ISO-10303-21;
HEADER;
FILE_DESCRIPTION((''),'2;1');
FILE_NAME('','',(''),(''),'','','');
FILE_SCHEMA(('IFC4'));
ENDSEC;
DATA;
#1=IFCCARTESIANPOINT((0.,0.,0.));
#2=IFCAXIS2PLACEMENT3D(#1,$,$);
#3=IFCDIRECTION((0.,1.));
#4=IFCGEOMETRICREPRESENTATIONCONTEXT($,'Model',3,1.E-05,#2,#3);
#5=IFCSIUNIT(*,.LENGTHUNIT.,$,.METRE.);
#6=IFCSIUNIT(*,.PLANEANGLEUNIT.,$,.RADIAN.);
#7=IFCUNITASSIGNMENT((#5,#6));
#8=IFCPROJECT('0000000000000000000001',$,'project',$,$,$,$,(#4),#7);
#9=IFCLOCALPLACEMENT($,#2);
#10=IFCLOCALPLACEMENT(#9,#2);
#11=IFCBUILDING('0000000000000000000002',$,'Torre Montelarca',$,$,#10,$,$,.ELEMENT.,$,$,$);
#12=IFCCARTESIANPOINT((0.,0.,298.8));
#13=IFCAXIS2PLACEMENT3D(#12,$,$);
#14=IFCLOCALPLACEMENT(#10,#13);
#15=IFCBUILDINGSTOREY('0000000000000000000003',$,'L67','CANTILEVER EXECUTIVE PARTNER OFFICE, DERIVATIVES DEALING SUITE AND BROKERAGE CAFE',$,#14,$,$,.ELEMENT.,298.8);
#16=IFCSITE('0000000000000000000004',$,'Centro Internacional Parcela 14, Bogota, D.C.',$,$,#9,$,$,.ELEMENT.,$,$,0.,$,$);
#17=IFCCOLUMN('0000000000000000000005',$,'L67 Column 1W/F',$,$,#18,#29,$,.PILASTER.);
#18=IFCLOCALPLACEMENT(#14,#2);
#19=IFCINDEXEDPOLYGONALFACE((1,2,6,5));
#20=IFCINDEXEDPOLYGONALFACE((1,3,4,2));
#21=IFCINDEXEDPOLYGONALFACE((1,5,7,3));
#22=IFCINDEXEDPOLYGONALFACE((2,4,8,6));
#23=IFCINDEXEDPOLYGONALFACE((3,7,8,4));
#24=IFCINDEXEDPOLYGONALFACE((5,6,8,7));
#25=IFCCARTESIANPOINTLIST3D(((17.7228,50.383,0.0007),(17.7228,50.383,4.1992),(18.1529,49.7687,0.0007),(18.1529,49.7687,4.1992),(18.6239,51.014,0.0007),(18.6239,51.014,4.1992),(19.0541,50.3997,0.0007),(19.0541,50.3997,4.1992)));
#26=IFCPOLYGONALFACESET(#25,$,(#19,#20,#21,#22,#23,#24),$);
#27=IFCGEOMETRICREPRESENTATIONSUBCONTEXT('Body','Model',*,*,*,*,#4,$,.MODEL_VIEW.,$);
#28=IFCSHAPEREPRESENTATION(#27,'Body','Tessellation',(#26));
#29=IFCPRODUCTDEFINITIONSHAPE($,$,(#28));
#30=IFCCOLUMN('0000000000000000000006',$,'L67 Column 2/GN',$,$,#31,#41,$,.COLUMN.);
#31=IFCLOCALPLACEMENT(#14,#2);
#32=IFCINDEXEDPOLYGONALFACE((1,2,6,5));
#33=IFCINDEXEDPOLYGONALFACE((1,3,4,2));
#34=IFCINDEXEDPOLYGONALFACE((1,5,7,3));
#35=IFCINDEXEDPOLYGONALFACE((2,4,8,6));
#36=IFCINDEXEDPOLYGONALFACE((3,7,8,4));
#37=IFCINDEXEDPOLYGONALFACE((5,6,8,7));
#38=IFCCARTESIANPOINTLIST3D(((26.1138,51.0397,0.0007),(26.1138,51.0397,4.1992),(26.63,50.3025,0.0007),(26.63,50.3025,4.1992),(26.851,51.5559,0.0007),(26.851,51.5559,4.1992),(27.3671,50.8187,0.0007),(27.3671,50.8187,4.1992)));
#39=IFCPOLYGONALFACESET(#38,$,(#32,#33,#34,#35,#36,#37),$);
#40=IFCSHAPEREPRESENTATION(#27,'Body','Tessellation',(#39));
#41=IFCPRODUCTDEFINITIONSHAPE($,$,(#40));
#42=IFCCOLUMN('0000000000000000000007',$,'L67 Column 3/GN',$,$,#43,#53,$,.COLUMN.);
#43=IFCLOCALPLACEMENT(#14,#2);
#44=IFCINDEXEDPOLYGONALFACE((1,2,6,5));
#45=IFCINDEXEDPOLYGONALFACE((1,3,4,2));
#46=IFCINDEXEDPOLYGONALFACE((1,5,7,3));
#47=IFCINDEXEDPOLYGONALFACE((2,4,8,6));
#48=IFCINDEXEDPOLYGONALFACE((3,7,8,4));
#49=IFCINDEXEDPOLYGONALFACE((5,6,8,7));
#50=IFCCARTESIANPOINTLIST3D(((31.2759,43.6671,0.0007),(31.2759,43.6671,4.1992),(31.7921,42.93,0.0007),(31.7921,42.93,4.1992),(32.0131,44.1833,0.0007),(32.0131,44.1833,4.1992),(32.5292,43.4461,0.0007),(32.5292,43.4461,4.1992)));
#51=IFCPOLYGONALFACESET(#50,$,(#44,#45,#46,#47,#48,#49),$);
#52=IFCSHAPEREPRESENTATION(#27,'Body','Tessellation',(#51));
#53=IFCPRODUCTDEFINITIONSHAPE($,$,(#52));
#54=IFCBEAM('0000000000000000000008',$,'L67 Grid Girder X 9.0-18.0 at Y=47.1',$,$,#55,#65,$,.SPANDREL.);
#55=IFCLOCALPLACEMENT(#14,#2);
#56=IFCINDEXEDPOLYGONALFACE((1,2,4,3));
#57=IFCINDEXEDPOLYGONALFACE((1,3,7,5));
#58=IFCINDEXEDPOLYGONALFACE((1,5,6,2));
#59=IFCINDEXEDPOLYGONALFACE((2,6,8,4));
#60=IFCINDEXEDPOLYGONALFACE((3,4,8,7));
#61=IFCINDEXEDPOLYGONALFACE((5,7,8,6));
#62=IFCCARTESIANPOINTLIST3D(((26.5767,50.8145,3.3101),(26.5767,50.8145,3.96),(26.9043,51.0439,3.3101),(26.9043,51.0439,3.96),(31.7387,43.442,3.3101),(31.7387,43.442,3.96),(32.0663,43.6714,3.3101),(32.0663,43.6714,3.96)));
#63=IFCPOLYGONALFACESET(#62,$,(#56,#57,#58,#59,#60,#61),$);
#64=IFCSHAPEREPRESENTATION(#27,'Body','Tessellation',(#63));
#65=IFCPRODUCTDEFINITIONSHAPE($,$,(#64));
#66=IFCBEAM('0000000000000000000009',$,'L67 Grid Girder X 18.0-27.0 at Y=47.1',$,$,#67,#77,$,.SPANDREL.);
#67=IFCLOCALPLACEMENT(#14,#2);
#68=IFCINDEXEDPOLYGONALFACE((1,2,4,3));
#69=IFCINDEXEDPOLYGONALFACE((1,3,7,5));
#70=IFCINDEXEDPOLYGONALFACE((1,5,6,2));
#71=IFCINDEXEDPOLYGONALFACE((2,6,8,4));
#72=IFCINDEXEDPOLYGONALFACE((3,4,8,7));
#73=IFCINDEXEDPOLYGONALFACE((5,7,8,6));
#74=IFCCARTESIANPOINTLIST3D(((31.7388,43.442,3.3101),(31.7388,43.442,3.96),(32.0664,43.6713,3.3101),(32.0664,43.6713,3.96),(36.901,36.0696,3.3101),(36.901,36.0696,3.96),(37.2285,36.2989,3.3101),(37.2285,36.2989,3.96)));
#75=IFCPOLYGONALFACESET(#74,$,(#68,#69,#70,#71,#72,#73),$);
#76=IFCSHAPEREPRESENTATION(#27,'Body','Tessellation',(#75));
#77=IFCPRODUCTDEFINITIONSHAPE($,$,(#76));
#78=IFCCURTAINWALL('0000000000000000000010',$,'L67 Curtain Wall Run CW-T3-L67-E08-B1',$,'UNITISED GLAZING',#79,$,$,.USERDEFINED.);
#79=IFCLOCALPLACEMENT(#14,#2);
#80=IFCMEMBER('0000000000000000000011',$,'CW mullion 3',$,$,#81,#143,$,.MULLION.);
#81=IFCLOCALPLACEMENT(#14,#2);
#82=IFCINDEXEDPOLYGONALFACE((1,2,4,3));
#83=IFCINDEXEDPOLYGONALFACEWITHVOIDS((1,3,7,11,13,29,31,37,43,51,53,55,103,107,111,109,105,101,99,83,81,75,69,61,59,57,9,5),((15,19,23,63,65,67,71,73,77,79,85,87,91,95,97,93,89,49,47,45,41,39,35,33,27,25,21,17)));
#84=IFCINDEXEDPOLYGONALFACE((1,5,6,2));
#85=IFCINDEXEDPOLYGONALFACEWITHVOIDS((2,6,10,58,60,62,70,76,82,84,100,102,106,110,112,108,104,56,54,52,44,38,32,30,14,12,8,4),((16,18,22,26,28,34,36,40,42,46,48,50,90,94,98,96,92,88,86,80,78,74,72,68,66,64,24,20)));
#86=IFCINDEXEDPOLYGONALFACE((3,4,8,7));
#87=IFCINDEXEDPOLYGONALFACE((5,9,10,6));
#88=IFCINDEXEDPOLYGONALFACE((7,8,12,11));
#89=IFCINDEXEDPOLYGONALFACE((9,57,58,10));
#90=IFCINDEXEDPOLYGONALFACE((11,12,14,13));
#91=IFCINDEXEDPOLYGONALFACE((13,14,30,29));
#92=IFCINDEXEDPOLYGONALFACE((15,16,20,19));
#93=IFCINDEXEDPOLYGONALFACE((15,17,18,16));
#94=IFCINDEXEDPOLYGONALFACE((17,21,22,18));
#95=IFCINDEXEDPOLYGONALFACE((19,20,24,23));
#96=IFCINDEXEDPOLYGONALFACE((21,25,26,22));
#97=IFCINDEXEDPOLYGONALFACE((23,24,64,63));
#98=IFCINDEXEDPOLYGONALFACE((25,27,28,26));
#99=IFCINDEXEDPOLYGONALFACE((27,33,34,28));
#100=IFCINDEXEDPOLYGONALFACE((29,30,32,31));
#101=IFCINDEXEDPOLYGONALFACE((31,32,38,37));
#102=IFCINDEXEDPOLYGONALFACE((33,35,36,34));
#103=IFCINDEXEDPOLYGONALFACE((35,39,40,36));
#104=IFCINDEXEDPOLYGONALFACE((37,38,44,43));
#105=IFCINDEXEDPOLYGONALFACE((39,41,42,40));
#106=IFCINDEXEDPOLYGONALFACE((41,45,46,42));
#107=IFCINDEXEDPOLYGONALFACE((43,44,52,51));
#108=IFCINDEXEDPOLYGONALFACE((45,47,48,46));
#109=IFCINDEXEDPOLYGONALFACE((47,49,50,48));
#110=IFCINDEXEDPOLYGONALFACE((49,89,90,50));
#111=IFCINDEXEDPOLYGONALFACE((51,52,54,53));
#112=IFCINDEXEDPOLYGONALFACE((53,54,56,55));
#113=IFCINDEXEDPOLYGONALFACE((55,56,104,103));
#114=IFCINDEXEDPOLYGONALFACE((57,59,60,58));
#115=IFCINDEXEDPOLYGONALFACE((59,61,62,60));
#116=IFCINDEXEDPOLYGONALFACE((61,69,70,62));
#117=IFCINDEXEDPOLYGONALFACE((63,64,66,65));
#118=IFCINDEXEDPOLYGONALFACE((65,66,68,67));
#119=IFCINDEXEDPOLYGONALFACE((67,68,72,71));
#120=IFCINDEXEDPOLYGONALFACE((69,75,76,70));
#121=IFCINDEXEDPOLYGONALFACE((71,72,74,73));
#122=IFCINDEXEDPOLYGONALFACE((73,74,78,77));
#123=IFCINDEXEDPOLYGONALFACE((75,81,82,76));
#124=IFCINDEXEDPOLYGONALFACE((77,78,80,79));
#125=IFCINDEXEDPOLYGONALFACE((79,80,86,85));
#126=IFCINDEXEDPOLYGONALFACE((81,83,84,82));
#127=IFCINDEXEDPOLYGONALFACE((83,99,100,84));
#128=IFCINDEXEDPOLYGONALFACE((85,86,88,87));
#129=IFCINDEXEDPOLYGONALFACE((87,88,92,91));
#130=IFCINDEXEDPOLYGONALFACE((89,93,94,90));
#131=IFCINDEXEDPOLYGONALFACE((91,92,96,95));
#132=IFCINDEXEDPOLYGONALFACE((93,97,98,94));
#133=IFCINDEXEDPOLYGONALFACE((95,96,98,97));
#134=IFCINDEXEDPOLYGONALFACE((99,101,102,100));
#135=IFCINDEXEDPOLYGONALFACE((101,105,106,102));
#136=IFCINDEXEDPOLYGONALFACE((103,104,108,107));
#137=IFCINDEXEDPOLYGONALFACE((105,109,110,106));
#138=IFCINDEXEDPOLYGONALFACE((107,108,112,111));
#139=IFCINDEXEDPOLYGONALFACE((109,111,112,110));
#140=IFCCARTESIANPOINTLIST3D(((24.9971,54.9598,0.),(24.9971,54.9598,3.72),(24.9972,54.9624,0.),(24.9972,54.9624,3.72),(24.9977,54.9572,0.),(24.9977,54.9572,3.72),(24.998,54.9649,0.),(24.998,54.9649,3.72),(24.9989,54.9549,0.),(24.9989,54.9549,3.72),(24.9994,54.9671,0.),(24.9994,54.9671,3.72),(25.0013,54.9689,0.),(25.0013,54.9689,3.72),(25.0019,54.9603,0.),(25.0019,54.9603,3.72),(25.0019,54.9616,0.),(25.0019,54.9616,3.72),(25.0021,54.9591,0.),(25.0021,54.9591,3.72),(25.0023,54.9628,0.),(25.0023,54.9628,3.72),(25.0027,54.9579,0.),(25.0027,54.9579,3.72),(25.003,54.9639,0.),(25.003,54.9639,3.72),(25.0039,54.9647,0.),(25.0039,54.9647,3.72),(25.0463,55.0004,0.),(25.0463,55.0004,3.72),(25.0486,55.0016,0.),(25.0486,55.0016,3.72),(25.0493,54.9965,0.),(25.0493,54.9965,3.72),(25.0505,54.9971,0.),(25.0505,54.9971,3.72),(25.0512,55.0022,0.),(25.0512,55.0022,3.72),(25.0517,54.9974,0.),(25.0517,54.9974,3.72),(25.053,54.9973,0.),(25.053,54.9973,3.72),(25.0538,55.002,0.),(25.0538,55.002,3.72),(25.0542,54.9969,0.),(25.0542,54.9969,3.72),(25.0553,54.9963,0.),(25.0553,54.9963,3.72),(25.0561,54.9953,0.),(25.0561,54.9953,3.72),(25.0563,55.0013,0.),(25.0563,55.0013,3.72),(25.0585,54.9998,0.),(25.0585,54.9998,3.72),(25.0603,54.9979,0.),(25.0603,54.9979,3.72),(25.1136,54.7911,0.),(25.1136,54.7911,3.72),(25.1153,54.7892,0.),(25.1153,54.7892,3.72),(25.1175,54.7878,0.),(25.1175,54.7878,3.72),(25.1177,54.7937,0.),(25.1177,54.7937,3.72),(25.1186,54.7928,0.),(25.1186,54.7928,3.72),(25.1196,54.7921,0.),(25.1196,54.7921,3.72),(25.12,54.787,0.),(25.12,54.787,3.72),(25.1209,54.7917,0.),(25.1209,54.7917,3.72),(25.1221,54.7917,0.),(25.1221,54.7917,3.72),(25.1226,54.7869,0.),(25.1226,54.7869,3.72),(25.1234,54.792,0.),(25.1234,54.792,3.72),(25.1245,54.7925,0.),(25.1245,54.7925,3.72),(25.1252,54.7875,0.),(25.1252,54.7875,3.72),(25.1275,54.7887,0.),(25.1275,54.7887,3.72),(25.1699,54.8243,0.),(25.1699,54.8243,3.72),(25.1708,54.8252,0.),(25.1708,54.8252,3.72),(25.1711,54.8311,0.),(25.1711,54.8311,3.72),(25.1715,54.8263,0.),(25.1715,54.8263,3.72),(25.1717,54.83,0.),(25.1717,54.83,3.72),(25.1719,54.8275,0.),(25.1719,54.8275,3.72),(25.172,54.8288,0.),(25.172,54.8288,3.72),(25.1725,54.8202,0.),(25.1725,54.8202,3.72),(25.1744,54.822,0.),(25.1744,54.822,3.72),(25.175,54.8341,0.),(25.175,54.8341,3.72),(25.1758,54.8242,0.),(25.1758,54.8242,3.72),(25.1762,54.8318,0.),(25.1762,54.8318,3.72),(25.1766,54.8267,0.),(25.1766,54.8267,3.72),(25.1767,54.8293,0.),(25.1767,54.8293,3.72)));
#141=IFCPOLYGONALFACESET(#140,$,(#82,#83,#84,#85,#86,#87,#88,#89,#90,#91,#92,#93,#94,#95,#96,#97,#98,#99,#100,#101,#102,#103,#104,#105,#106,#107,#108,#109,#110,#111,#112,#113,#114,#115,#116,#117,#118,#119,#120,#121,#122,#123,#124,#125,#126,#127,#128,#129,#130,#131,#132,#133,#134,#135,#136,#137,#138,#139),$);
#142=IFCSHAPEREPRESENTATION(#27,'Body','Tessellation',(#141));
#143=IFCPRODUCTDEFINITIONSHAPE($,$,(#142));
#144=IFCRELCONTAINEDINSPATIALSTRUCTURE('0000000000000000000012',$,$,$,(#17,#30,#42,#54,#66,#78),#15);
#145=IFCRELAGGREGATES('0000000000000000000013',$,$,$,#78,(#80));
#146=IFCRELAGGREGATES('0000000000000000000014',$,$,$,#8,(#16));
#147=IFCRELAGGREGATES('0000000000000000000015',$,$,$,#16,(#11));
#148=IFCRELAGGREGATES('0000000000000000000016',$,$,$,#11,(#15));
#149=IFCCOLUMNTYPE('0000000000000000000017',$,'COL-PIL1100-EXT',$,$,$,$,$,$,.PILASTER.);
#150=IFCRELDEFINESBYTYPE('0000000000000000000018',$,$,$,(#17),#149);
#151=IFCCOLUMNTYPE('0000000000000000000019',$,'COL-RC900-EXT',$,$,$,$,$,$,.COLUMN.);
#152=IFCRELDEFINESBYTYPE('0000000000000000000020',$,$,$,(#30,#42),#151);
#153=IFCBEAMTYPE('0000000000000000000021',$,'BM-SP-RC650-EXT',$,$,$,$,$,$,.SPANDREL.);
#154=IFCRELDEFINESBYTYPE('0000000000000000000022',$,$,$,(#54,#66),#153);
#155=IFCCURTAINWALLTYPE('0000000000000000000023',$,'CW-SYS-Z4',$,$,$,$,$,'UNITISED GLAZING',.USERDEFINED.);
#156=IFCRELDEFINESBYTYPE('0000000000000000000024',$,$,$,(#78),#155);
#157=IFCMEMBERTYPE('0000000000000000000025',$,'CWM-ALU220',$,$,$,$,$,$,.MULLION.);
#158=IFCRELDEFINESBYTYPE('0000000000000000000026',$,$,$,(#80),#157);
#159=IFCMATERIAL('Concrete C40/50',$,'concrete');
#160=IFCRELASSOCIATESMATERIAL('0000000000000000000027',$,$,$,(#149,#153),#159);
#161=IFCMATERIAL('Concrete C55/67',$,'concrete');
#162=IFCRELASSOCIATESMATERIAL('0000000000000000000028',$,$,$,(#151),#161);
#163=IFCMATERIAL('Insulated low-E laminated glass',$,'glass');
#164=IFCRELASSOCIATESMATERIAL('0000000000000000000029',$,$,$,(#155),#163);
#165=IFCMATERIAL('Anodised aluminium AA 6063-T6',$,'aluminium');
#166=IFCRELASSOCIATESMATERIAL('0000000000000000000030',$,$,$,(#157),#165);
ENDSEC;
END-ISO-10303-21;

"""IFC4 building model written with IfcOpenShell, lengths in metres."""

from ifc_helpers import new_model, si_unit, direction, frame, origin, origin_2d, place, context, subcontext, project, spatial, rectangle, hollow_rectangle, extrude, source, transform, mapped, material, material_profile, profile_set, type_object, element, aggregate, save


model = new_model("IFC4")

# Units and contexts
model_context = context("Model", 3, precision=1e-05, world=origin(), true_north=direction((0.0, 1.0)))
body_context = subcontext(model_context, "Body", "Model", "MODEL_VIEW")
ifc_project = project(units=[si_unit("LENGTHUNIT", "METRE"), si_unit("PLANEANGLEUNIT", "RADIAN")], contexts=[model_context])

# Site, building, storey
site_placement = place(None, origin())
site = spatial("IfcSite", under=ifc_project, at=site_placement, Name="Centro Internacional Parcela 14, Bogota, D.C.", CompositionType="ELEMENT", RefElevation=0.0)
building_placement = place(site_placement, origin())
building = spatial("IfcBuilding", under=site, at=building_placement, Name="Torre Montelarca", CompositionType="ELEMENT")
storey_placement = place(building_placement, frame((0.0, 0.0, 298.8)))
storey = spatial("IfcBuildingStorey", under=building, at=storey_placement, Name="L67", Description="CANTILEVER EXECUTIVE PARTNER OFFICE, DERIVATIVES DEALING SUITE AND BROKERAGE CAFE", CompositionType="ELEMENT", Elevation=298.8)

# Columns
ifc_material_1 = material(Name="Concrete C40/50", Category="concrete")
ifc_material_profile_1 = material_profile(ifc_material_1, rectangle(XDim=0.75, YDim=1.1001, at=origin_2d()), Name="RC1100X750", Category="concrete")
ifc_profile_set_1 = profile_set([ifc_material_profile_1], Name="Concrete C40/50")
column_type_1 = type_object("IfcColumnType", Name="COL-PIL1100-EXT", PredefinedType="PILASTER", material=ifc_profile_set_1)
shared_shape_1 = source(origin(), body_context, "Body", "SweptSolid", [
    extrude(rectangle(XDim=0.75, YDim=1.1001, at=origin_2d()), origin(), (0.0, 0.0, 1.0), 4.1985),
])
column_placement = place(storey_placement, frame((18.3884, 50.3914, 0.0007), z_axis=(0.0, 0.0, 1.0), x_axis=(-0.573576, 0.819152, 0.0)))
element("IfcColumn", 1, at=column_placement, inside=storey, type_object=column_type_1, Name="L67 Column 1W/F", PredefinedType="PILASTER", context=body_context, shape_type="MappedRepresentation", body=[
    mapped(shared_shape_1, transform((0.0, 0.0, 0.0), scale=1.0)),
])
ifc_material_2 = material(Name="Concrete C55/67", Category="concrete")
ifc_material_profile_2 = material_profile(ifc_material_2, rectangle(XDim=0.8999, YDim=0.8999, at=origin_2d()), Name="RC900X900", Category="concrete")
ifc_profile_set_2 = profile_set([ifc_material_profile_2], Name="Concrete C55/67")
column_type_2 = type_object("IfcColumnType", Name="COL-RC900-EXT", PredefinedType="COLUMN", material=ifc_profile_set_2)
shared_shape_2 = source(origin(), body_context, "Body", "SweptSolid", [
    extrude(rectangle(XDim=0.8999, YDim=0.8999, at=origin_2d()), origin(), (0.0, 0.0, 1.0), 4.1985),
])
for number, where, z_axis, x_axis, name in (
    (2, (26.7405, 50.9292, 0.0007), (0.0, 0.0, 1.0), (-0.573576, 0.819152, 0.0), "L67 Column 2/GN"),
    (3, (31.9026, 43.5566, 0.0007), (0.0, 0.0, 1.0), (-0.573576, 0.819152, 0.0), "L67 Column 3/GN"),
):
    element("IfcColumn", number, at=place(storey_placement, frame(where, z_axis=z_axis, x_axis=x_axis)), inside=storey, type_object=column_type_2, Name=name, PredefinedType="COLUMN", context=body_context, shape_type="MappedRepresentation", body=[
        mapped(shared_shape_2, transform((0.0, 0.0, 0.0), scale=1.0)),
    ])

# Beams
ifc_material_profile_3 = material_profile(ifc_material_1, rectangle(XDim=0.3999, YDim=0.6499, at=origin_2d()), Name="RCB400X650", Category="concrete")
ifc_profile_set_3 = profile_set([ifc_material_profile_3], Name="Concrete C40/50")
beam_type = type_object("IfcBeamType", Name="BM-SP-RC650-EXT", PredefinedType="SPANDREL", material=ifc_profile_set_3)
shared_shape_3 = source(origin(), body_context, "Body", "SweptSolid", [
    extrude(rectangle(XDim=0.3999, YDim=0.6499, at=origin_2d()), origin(), (0.0, 0.0, 1.0), 9.0),
])
for number, where, z_axis, x_axis, name in (
    (4, (26.7405, 50.9292, 3.635), (0.573561, -0.819163, 0.0), (0.819163, 0.573561, 0.0), "L67 Grid Girder X 9.0-18.0 at Y=47.1"),
    (5, (31.9026, 43.5566, 3.635), (0.573573, -0.819154, 0.0), (0.819154, 0.573573, 0.0), "L67 Grid Girder X 18.0-27.0 at Y=47.1"),
):
    element("IfcBeam", number, at=place(storey_placement, frame(where, z_axis=z_axis, x_axis=x_axis)), inside=storey, type_object=beam_type, Name=name, PredefinedType="SPANDREL", context=body_context, shape_type="MappedRepresentation", body=[
        mapped(shared_shape_3, transform((0.0, 0.0, 0.0), scale=1.0)),
    ])

# Curtain wall, member
ifc_material_3 = material(Name="Insulated low-E laminated glass", Category="glass")
curtain_wall_type = type_object("IfcCurtainWallType", Name="CW-SYS-Z4", ElementType="UNITISED GLAZING", PredefinedType="USERDEFINED", material=ifc_material_3)
curtain_wall_1_placement = place(storey_placement, origin())
curtain_wall_1 = element("IfcCurtainWall", 6, at=curtain_wall_1_placement, inside=storey, type_object=curtain_wall_type, Name="L67 Curtain Wall Run CW-T3-L67-E08-B1", ObjectType="UNITISED GLAZING", PredefinedType="USERDEFINED")
ifc_material_4 = material(Name="Anodised aluminium AA 6063-T6", Category="aluminium")
ifc_material_profile_4 = material_profile(ifc_material_4, hollow_rectangle(XDim=0.075, YDim=0.22, WallThickness=0.0049, InnerFilletRadius=0.0049, OuterFilletRadius=0.01, at=origin_2d()), Name="ALU75X220X5", Category="aluminium")
ifc_profile_set_4 = profile_set([ifc_material_profile_4], Name="Anodised aluminium AA 6063-T6")
member_type_1 = type_object("IfcMemberType", Name="CWM-ALU220", PredefinedType="MULLION", material=ifc_profile_set_4)
shared_shape_4 = source(origin(), body_context, "Body", "SweptSolid", [
    extrude(hollow_rectangle(XDim=0.075, YDim=0.22, WallThickness=0.0049, InnerFilletRadius=0.0049, OuterFilletRadius=0.01, at=origin_2d()), origin(), (0.0, 0.0, 1.0), 3.72),
])
member_1_placement = place(storey_placement, frame((25.0869, 54.8945, 0.0), z_axis=(0.0, 0.0, 1.0), x_axis=(-0.819156, -0.573571, 0.0)))
member_1 = element("IfcMember", 7, at=member_1_placement, type_object=member_type_1, Name="CW mullion 3", PredefinedType="MULLION", context=body_context, shape_type="MappedRepresentation", body=[
    mapped(shared_shape_4, transform((0.0, 0.0, 0.0), scale=1.0)),
])

aggregate(curtain_wall_1, [member_1])

save(model, "model.ifc")
